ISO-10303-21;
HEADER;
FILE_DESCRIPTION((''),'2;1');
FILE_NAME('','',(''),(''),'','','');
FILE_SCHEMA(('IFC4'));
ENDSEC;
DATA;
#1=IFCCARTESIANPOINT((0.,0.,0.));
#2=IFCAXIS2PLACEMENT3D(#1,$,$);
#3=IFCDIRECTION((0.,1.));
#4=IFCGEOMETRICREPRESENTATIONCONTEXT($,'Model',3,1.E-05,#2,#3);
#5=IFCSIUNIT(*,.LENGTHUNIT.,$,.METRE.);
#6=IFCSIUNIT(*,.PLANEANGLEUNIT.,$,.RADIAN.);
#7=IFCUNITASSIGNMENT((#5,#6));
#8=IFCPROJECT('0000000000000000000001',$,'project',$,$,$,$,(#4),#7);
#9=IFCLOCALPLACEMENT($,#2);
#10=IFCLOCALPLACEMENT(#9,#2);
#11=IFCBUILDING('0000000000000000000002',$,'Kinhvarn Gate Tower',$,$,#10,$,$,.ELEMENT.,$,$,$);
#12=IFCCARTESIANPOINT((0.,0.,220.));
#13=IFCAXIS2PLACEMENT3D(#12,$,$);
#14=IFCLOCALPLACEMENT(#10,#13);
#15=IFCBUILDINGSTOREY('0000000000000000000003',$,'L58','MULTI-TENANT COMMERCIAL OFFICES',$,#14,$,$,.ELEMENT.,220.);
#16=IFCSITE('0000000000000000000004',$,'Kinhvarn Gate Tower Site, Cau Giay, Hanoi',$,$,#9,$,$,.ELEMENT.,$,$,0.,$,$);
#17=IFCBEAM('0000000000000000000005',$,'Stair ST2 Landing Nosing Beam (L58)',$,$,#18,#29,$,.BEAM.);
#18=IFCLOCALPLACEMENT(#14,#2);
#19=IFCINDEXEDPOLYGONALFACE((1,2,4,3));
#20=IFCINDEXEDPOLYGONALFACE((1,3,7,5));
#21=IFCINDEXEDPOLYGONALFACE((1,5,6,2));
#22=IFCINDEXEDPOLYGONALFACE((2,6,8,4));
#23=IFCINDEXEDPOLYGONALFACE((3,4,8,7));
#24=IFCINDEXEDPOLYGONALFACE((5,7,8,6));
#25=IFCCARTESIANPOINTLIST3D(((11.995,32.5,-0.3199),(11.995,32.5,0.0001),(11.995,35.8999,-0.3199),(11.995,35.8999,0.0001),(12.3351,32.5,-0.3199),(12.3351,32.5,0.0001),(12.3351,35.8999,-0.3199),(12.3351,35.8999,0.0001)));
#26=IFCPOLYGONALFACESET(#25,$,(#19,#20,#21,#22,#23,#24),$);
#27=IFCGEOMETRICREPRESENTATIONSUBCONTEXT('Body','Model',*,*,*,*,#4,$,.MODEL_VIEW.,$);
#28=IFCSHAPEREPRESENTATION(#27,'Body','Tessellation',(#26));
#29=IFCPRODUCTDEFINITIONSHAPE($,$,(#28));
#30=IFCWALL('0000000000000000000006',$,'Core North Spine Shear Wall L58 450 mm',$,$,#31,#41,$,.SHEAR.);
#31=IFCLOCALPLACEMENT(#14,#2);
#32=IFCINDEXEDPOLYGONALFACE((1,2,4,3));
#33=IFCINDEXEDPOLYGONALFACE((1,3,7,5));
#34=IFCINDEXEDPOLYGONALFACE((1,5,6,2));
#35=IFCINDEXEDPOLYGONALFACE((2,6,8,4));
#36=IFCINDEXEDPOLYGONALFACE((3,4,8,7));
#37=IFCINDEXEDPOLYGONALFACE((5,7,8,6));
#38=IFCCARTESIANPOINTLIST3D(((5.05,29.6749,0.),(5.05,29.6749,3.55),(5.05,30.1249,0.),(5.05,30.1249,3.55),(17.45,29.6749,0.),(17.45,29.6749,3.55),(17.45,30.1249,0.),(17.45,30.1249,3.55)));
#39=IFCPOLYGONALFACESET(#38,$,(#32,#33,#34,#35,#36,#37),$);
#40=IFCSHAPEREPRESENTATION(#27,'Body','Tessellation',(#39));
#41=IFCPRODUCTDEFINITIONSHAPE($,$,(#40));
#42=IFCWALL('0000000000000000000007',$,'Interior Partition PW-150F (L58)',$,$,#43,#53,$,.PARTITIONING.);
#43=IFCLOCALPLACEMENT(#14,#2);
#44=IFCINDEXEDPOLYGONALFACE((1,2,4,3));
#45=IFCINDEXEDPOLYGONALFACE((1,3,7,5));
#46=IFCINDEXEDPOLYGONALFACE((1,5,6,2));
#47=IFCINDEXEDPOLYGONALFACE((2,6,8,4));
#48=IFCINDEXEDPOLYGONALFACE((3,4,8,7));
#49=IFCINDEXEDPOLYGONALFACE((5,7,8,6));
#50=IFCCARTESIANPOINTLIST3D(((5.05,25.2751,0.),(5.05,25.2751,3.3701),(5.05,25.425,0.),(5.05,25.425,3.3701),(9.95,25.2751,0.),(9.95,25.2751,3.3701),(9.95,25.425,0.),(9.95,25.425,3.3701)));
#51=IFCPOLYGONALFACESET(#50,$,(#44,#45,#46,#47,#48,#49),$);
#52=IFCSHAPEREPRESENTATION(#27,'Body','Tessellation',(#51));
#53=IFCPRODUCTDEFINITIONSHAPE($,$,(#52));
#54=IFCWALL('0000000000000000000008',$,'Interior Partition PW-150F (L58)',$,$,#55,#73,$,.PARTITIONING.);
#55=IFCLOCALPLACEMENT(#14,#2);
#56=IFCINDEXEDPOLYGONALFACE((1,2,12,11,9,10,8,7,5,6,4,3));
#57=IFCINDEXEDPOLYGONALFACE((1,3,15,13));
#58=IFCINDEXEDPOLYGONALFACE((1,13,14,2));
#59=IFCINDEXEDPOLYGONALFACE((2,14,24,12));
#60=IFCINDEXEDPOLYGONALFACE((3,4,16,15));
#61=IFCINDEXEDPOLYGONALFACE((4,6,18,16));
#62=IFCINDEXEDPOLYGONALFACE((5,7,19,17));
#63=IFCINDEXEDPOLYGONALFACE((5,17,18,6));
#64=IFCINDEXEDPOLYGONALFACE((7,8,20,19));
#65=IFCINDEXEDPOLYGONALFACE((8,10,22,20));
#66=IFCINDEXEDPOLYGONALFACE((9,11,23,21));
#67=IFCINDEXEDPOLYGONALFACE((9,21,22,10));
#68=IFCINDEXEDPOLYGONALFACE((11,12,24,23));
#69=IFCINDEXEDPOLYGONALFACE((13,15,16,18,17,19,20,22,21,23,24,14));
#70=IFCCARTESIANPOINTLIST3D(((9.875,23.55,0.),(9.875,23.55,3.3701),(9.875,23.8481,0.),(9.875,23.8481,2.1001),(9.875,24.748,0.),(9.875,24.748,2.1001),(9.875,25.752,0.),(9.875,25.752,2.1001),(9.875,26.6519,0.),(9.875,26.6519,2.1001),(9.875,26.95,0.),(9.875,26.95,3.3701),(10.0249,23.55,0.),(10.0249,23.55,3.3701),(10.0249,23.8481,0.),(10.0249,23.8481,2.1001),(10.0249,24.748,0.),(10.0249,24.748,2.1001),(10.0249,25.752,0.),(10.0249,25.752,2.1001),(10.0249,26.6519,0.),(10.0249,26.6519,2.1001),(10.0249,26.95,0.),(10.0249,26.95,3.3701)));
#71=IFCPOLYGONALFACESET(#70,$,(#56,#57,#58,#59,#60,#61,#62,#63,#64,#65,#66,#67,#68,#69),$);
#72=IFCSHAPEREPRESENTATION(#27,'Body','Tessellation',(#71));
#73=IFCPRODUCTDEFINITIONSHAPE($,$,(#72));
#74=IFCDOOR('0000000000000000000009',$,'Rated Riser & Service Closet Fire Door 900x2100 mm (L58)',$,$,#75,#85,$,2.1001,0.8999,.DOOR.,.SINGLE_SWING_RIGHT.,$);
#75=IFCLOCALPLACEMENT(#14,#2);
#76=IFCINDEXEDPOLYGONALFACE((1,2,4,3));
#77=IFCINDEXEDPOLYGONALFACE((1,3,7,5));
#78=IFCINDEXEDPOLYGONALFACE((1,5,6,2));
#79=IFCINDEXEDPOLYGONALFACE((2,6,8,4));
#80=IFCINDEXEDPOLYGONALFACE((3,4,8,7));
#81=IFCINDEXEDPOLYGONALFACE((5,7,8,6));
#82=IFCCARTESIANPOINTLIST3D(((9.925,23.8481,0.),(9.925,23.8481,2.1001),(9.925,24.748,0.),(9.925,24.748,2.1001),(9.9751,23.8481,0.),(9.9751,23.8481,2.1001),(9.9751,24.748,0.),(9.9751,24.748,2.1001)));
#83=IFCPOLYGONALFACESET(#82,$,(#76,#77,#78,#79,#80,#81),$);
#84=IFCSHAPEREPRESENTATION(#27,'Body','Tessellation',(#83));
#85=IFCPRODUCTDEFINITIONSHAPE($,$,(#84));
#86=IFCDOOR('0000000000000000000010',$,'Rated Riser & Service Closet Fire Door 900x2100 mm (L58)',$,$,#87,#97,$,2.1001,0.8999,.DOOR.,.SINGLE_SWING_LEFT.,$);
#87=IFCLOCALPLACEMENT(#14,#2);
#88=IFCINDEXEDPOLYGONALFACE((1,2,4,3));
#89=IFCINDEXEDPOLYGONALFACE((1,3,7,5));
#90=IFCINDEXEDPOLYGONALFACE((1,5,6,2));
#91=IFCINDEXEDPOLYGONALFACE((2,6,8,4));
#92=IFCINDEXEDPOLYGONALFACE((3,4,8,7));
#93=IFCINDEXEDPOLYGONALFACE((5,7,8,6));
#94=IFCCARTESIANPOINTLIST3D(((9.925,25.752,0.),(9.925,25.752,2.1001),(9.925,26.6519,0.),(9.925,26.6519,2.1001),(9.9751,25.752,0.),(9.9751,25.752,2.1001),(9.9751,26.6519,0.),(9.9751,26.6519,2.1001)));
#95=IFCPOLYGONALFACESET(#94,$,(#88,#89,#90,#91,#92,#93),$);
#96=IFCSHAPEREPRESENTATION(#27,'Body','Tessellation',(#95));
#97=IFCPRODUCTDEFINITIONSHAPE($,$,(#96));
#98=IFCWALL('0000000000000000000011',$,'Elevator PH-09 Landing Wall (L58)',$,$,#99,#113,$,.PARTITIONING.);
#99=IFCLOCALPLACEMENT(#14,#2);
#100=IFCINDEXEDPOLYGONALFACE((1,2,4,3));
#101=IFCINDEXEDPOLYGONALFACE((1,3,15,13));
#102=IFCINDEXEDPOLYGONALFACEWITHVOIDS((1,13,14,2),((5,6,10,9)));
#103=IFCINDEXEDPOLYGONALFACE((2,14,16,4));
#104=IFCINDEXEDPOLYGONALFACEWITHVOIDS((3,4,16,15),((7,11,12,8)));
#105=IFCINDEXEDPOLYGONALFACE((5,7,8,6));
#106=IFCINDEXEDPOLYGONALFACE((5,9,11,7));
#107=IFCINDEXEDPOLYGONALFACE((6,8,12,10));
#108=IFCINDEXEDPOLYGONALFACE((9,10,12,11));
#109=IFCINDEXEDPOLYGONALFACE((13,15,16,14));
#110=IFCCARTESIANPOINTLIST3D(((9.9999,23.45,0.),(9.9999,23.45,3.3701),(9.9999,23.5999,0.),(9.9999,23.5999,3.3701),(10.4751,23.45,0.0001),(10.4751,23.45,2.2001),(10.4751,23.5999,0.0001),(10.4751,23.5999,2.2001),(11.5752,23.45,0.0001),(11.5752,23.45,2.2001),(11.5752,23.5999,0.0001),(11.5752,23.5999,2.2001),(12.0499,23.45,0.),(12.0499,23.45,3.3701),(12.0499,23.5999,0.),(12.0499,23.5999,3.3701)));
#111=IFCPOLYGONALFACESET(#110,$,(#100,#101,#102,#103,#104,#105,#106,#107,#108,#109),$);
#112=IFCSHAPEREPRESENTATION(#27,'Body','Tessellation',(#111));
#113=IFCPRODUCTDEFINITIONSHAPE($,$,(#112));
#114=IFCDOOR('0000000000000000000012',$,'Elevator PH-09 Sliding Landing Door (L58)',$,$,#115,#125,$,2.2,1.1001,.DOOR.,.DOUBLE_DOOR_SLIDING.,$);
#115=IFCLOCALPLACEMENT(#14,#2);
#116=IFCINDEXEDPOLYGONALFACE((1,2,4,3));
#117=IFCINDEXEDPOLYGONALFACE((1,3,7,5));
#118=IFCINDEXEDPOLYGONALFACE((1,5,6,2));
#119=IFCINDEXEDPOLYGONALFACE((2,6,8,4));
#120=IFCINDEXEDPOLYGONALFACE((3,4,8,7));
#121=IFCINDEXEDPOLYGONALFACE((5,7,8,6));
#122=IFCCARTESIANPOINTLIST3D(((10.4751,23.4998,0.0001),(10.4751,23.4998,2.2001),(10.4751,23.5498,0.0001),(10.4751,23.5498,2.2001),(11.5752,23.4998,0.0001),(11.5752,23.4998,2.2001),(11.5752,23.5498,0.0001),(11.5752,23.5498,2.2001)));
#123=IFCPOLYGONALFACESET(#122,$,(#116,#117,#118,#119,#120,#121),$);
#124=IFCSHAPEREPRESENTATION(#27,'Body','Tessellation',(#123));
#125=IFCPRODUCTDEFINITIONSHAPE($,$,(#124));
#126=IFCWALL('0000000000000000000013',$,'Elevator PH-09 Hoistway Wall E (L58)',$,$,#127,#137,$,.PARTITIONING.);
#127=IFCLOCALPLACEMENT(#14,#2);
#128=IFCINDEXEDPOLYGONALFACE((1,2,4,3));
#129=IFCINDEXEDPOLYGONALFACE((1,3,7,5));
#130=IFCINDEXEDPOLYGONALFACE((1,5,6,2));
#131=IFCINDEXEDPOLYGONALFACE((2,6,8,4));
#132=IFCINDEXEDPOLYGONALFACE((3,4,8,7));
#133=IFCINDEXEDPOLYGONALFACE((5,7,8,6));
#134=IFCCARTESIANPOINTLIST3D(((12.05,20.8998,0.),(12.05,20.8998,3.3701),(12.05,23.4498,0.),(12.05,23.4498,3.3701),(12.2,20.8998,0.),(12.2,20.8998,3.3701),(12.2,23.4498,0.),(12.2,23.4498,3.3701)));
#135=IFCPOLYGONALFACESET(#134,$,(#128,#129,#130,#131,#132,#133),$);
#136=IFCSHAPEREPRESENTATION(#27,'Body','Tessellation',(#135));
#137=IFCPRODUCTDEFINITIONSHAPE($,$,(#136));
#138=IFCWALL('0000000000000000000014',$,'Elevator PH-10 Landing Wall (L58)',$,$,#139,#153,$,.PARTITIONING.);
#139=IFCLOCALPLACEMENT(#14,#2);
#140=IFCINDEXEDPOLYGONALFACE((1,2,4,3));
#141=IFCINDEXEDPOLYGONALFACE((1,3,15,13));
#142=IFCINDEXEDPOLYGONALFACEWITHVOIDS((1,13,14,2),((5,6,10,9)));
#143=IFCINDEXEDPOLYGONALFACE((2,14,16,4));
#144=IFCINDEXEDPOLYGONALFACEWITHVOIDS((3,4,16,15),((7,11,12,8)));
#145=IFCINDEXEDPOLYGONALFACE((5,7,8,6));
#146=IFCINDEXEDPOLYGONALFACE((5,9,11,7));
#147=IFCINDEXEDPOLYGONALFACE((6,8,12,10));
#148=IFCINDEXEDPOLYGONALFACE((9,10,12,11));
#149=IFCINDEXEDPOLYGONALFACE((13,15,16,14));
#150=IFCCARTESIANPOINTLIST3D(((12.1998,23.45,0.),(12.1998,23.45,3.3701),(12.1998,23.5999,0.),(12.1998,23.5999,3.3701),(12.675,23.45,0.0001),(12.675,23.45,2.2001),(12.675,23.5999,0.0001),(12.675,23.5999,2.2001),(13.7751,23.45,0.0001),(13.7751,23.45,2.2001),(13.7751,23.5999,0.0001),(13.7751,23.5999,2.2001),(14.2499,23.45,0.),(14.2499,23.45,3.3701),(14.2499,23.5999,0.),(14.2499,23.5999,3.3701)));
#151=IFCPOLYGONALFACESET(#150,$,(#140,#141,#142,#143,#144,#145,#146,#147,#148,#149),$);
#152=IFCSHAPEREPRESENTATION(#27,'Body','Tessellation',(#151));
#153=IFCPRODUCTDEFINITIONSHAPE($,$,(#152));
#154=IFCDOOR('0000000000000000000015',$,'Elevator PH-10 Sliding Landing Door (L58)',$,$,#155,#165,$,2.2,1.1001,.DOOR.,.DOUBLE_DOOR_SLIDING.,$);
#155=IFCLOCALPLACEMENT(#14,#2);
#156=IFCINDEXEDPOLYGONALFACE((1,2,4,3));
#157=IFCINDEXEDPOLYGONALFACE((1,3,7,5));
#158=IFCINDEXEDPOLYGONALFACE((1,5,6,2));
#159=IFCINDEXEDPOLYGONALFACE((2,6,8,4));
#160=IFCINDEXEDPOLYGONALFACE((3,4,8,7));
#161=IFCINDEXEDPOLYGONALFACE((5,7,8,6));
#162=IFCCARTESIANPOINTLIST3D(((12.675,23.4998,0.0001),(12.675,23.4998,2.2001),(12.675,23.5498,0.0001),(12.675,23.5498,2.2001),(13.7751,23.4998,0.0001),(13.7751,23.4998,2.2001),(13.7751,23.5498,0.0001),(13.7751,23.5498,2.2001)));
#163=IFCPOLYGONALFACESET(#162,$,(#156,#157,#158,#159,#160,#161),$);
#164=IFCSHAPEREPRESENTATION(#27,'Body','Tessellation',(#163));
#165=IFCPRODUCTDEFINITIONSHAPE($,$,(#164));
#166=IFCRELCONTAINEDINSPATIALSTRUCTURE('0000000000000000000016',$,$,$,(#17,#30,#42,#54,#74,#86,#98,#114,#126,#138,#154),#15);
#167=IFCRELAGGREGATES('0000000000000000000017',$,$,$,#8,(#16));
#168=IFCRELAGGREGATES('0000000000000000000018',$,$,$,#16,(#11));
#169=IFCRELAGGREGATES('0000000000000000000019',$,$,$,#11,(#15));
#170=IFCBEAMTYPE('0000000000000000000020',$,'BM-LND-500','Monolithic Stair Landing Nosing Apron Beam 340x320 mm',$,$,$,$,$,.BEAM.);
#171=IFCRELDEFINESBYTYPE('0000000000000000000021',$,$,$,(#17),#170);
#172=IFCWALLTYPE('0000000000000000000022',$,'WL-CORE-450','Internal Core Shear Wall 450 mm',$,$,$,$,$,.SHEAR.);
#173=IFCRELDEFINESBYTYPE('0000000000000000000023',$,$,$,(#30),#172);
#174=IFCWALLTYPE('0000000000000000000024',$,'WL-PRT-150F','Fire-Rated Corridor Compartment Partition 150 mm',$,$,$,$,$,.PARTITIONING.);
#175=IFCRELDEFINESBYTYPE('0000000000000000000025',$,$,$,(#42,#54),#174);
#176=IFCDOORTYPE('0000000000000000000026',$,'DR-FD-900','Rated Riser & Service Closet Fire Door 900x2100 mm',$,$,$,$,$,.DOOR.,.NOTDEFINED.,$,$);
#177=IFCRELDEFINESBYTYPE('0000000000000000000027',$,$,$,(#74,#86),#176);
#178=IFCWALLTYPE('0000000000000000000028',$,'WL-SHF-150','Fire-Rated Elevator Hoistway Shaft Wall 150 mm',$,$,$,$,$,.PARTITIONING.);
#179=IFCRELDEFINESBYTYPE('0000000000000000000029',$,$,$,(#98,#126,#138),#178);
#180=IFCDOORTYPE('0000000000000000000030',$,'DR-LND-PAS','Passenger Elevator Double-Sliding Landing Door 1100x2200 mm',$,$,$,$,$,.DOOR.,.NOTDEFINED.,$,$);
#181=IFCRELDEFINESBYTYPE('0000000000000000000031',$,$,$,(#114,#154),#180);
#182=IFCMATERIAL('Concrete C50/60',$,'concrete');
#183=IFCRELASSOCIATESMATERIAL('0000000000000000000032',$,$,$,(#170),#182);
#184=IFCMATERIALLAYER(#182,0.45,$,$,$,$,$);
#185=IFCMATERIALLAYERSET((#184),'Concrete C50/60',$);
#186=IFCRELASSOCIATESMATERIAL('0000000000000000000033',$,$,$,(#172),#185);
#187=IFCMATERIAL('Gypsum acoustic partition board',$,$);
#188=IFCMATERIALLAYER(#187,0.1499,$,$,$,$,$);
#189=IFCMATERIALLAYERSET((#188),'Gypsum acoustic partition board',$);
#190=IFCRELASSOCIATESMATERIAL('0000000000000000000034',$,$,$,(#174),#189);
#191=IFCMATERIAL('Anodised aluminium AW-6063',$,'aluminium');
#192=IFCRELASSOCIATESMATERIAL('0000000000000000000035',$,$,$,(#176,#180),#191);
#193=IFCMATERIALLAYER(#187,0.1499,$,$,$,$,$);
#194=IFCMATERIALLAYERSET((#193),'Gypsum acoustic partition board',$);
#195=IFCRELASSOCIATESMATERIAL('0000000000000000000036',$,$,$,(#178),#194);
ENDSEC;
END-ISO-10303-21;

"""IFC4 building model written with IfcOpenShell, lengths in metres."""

from ifc_helpers import new_model, si_unit, direction, frame, frame_2d, origin, origin_2d, place, context, subcontext, project, spatial, rectangle, extrude, material, layer, layer_set, material_profile, profile_set, type_object, element, fill, save


model = new_model("IFC4")

# Units and contexts
model_context = context("Model", 3, precision=1e-05, world=origin(), true_north=direction((0.0, 1.0)))
body_context = subcontext(model_context, "Body", "Model", "MODEL_VIEW")
ifc_project = project(units=[si_unit("LENGTHUNIT", "METRE"), si_unit("PLANEANGLEUNIT", "RADIAN")], contexts=[model_context])

# Site, building, storey
site_placement = place(None, origin())
site = spatial("IfcSite", under=ifc_project, at=site_placement, Name="Kinhvarn Gate Tower Site, Cau Giay, Hanoi", CompositionType="ELEMENT", RefElevation=0.0)
building_placement = place(site_placement, origin())
building = spatial("IfcBuilding", under=site, at=building_placement, Name="Kinhvarn Gate Tower", CompositionType="ELEMENT")
storey_placement = place(building_placement, frame((0.0, 0.0, 220.0)))
storey = spatial("IfcBuildingStorey", under=building, at=storey_placement, Name="L58", Description="MULTI-TENANT COMMERCIAL OFFICES", CompositionType="ELEMENT", Elevation=220.0)

# Beam
ifc_material_1 = material(Name="Concrete C50/60", Category="concrete")
ifc_material_profile = material_profile(ifc_material_1, rectangle(XDim=0.3401, YDim=0.3201, at=origin_2d()), Name="RC 340x320")
ifc_profile_set = profile_set([ifc_material_profile], Name="Concrete C50/60")
beam_type = type_object("IfcBeamType", Name="BM-LND-500", Description="Monolithic Stair Landing Nosing Apron Beam 340x320 mm", PredefinedType="BEAM", material=ifc_profile_set)
beam_placement = place(storey_placement, frame((12.165, 32.5, -0.1599), z_axis=(0.0, 1.0, 0.0), x_axis=(-1.0, 0.0, 0.0)))
element("IfcBeam", 1, at=beam_placement, inside=storey, type_object=beam_type, Name="Stair ST2 Landing Nosing Beam (L58)", PredefinedType="BEAM", context=body_context, shape_type="SweptSolid", body=[
    extrude(rectangle(XDim=0.3401, YDim=0.3201, at=origin_2d()), origin(), (0.0, 0.0, 1.0), 3.3999),
])

# Walls
ifc_layer_1 = layer(ifc_material_1, 0.45)
ifc_layer_set_1 = layer_set([ifc_layer_1], Name="Concrete C50/60")
wall_type_1 = type_object("IfcWallType", Name="WL-CORE-450", Description="Internal Core Shear Wall 450 mm", PredefinedType="SHEAR", material=ifc_layer_set_1)
wall_1_placement = place(storey_placement, frame((5.05, 29.8999, 0.0), z_axis=(0.0, 0.0, 1.0), x_axis=(1.0, 0.0, 0.0)))
element("IfcWall", 2, at=wall_1_placement, inside=storey, type_object=wall_type_1, Name="Core North Spine Shear Wall L58 450 mm", PredefinedType="SHEAR", context=body_context, shape_type="SweptSolid", body=[
    extrude(rectangle(XDim=12.3999, YDim=0.45, at=frame_2d((6.2, 0.0))), origin(), (0.0, 0.0, 1.0), 3.55),
])
ifc_material_2 = material(Name="Gypsum acoustic partition board")
ifc_layer_2 = layer(ifc_material_2, 0.1499)
ifc_layer_set_2 = layer_set([ifc_layer_2], Name="Gypsum acoustic partition board")
wall_type_2 = type_object("IfcWallType", Name="WL-PRT-150F", Description="Fire-Rated Corridor Compartment Partition 150 mm", PredefinedType="PARTITIONING", material=ifc_layer_set_2)
wall_2_placement = place(storey_placement, frame((5.05, 25.3501, 0.0), z_axis=(0.0, 0.0, 1.0), x_axis=(1.0, 0.0, 0.0)))
element("IfcWall", 3, at=wall_2_placement, inside=storey, type_object=wall_type_2, Name="Interior Partition PW-150F (L58)", PredefinedType="PARTITIONING", context=body_context, shape_type="SweptSolid", body=[
    extrude(rectangle(XDim=4.8999, YDim=0.1499, at=frame_2d((2.45, 0.0))), origin(), (0.0, 0.0, 1.0), 3.3701),
])

# Wall, openings, doors
wall_3_placement = place(storey_placement, frame((9.95, 23.55, 0.0), z_axis=(0.0, 0.0, 1.0), x_axis=(0.0, 1.0, 0.0)))
wall_3 = element("IfcWall", 4, at=wall_3_placement, inside=storey, type_object=wall_type_2, Name="Interior Partition PW-150F (L58)", PredefinedType="PARTITIONING", context=body_context, shape_type="SweptSolid", body=[
    extrude(rectangle(XDim=3.3999, YDim=0.1499, at=frame_2d((1.7, 0.0))), origin(), (0.0, 0.0, 1.0), 3.3701),
])
opening_1_placement = place(wall_3_placement, frame((0.2981, 0.0, 0.0)))
opening_1 = element("IfcOpeningElement", 5, at=opening_1_placement, cuts=wall_3, PredefinedType="OPENING", context=body_context, shape_type="SweptSolid", body=[
    extrude(rectangle(XDim=0.8999, YDim=2.1001, at=frame_2d((0.45, 1.05))), frame((0.0, 0.085, 0.0), z_axis=(0.0, -1.0, 0.0), x_axis=(1.0, 0.0, 0.0)), (0.0, 0.0, 1.0), 0.1699),
])
opening_2_placement = place(wall_3_placement, frame((2.2019, 0.0, 0.0)))
opening_2 = element("IfcOpeningElement", 6, at=opening_2_placement, cuts=wall_3, PredefinedType="OPENING", context=body_context, shape_type="SweptSolid", body=[
    extrude(rectangle(XDim=0.8999, YDim=2.1001, at=frame_2d((0.45, 1.05))), frame((0.0, 0.085, 0.0), z_axis=(0.0, -1.0, 0.0), x_axis=(1.0, 0.0, 0.0)), (0.0, 0.0, 1.0), 0.1699),
])
ifc_material_3 = material(Name="Anodised aluminium AW-6063", Category="aluminium")
door_type_1 = type_object("IfcDoorType", Name="DR-FD-900", Description="Rated Riser & Service Closet Fire Door 900x2100 mm", OperationType="NOTDEFINED", PredefinedType="DOOR", material=ifc_material_3)
door_1_placement = place(opening_1_placement, origin())
door_1 = element("IfcDoor", 7, at=door_1_placement, inside=storey, type_object=door_type_1, Name="Rated Riser & Service Closet Fire Door 900x2100 mm (L58)", OperationType="SINGLE_SWING_RIGHT", OverallHeight=2.1001, OverallWidth=0.8999, PredefinedType="DOOR", context=body_context, shape_type="SweptSolid", body=[
    extrude(rectangle(XDim=0.8999, YDim=2.1001, at=frame_2d((0.45, 1.05))), frame((0.0, 0.0249, 0.0), z_axis=(0.0, -1.0, 0.0), x_axis=(1.0, 0.0, 0.0)), (0.0, 0.0, 1.0), 0.05),
])
fill(opening_1, door_1)
door_2_placement = place(opening_2_placement, origin())
door_2 = element("IfcDoor", 8, at=door_2_placement, inside=storey, type_object=door_type_1, Name="Rated Riser & Service Closet Fire Door 900x2100 mm (L58)", OperationType="SINGLE_SWING_LEFT", OverallHeight=2.1001, OverallWidth=0.8999, PredefinedType="DOOR", context=body_context, shape_type="SweptSolid", body=[
    extrude(rectangle(XDim=0.8999, YDim=2.1001, at=frame_2d((0.45, 1.05))), frame((0.0, 0.0249, 0.0), z_axis=(0.0, -1.0, 0.0), x_axis=(1.0, 0.0, 0.0)), (0.0, 0.0, 1.0), 0.05),
])
fill(opening_2, door_2)

# Wall, opening, door
ifc_layer_3 = layer(ifc_material_2, 0.1499)
ifc_layer_set_3 = layer_set([ifc_layer_3], Name="Gypsum acoustic partition board")
wall_type_3 = type_object("IfcWallType", Name="WL-SHF-150", Description="Fire-Rated Elevator Hoistway Shaft Wall 150 mm", PredefinedType="PARTITIONING", material=ifc_layer_set_3)
wall_4_placement = place(storey_placement, frame((10.0, 23.5249, 0.0), z_axis=(0.0, 0.0, 1.0), x_axis=(1.0, 0.0, 0.0)))
wall_4 = element("IfcWall", 9, at=wall_4_placement, inside=storey, type_object=wall_type_3, Name="Elevator PH-09 Landing Wall (L58)", PredefinedType="PARTITIONING", context=body_context, shape_type="SweptSolid", body=[
    extrude(rectangle(XDim=2.05, YDim=0.1499, at=frame_2d((1.0249, 0.0))), origin(), (0.0, 0.0, 1.0), 3.3701),
])
opening_3_placement = place(wall_4_placement, frame((0.4751, 0.0, 0.0)))
opening_3 = element("IfcOpeningElement", 10, at=opening_3_placement, cuts=wall_4, PredefinedType="OPENING", context=body_context, shape_type="SweptSolid", body=[
    extrude(rectangle(XDim=1.1001, YDim=2.2, at=frame_2d((0.55, 1.1001))), frame((0.0, 0.085, 0.0), z_axis=(0.0, -1.0, 0.0), x_axis=(1.0, 0.0, 0.0)), (0.0, 0.0, 1.0), 0.1699),
])
door_type_2 = type_object("IfcDoorType", Name="DR-LND-PAS", Description="Passenger Elevator Double-Sliding Landing Door 1100x2200 mm", OperationType="NOTDEFINED", PredefinedType="DOOR", material=ifc_material_3)
door_3_placement = place(opening_3_placement, origin())
door_3 = element("IfcDoor", 11, at=door_3_placement, inside=storey, type_object=door_type_2, Name="Elevator PH-09 Sliding Landing Door (L58)", OperationType="DOUBLE_DOOR_SLIDING", OverallHeight=2.2, OverallWidth=1.1001, PredefinedType="DOOR", context=body_context, shape_type="SweptSolid", body=[
    extrude(rectangle(XDim=1.1001, YDim=2.2, at=frame_2d((0.55, 1.1001))), frame((0.0, 0.0249, 0.0), z_axis=(0.0, -1.0, 0.0), x_axis=(1.0, 0.0, 0.0)), (0.0, 0.0, 1.0), 0.05),
])
fill(opening_3, door_3)

# Wall
wall_5_placement = place(storey_placement, frame((12.125, 20.8999, 0.0), z_axis=(0.0, 0.0, 1.0), x_axis=(0.0, 1.0, 0.0)))
element("IfcWall", 12, at=wall_5_placement, inside=storey, type_object=wall_type_3, Name="Elevator PH-09 Hoistway Wall E (L58)", PredefinedType="PARTITIONING", context=body_context, shape_type="SweptSolid", body=[
    extrude(rectangle(XDim=2.55, YDim=0.1499, at=frame_2d((1.2749, 0.0))), origin(), (0.0, 0.0, 1.0), 3.3701),
])

# Wall, opening, door
wall_6_placement = place(storey_placement, frame((12.2, 23.5249, 0.0), z_axis=(0.0, 0.0, 1.0), x_axis=(1.0, 0.0, 0.0)))
wall_6 = element("IfcWall", 13, at=wall_6_placement, inside=storey, type_object=wall_type_3, Name="Elevator PH-10 Landing Wall (L58)", PredefinedType="PARTITIONING", context=body_context, shape_type="SweptSolid", body=[
    extrude(rectangle(XDim=2.05, YDim=0.1499, at=frame_2d((1.0249, 0.0))), origin(), (0.0, 0.0, 1.0), 3.3701),
])
opening_4_placement = place(wall_6_placement, frame((0.4751, 0.0, 0.0)))
opening_4 = element("IfcOpeningElement", 14, at=opening_4_placement, cuts=wall_6, PredefinedType="OPENING", context=body_context, shape_type="SweptSolid", body=[
    extrude(rectangle(XDim=1.1001, YDim=2.2, at=frame_2d((0.55, 1.1001))), frame((0.0, 0.085, 0.0), z_axis=(0.0, -1.0, 0.0), x_axis=(1.0, 0.0, 0.0)), (0.0, 0.0, 1.0), 0.1699),
])
door_4_placement = place(opening_4_placement, origin())
door_4 = element("IfcDoor", 15, at=door_4_placement, inside=storey, type_object=door_type_2, Name="Elevator PH-10 Sliding Landing Door (L58)", OperationType="DOUBLE_DOOR_SLIDING", OverallHeight=2.2, OverallWidth=1.1001, PredefinedType="DOOR", context=body_context, shape_type="SweptSolid", body=[
    extrude(rectangle(XDim=1.1001, YDim=2.2, at=frame_2d((0.55, 1.1001))), frame((0.0, 0.0249, 0.0), z_axis=(0.0, -1.0, 0.0), x_axis=(1.0, 0.0, 0.0)), (0.0, 0.0, 1.0), 0.05),
])
fill(opening_4, door_4)

save(model, "model.ifc")
